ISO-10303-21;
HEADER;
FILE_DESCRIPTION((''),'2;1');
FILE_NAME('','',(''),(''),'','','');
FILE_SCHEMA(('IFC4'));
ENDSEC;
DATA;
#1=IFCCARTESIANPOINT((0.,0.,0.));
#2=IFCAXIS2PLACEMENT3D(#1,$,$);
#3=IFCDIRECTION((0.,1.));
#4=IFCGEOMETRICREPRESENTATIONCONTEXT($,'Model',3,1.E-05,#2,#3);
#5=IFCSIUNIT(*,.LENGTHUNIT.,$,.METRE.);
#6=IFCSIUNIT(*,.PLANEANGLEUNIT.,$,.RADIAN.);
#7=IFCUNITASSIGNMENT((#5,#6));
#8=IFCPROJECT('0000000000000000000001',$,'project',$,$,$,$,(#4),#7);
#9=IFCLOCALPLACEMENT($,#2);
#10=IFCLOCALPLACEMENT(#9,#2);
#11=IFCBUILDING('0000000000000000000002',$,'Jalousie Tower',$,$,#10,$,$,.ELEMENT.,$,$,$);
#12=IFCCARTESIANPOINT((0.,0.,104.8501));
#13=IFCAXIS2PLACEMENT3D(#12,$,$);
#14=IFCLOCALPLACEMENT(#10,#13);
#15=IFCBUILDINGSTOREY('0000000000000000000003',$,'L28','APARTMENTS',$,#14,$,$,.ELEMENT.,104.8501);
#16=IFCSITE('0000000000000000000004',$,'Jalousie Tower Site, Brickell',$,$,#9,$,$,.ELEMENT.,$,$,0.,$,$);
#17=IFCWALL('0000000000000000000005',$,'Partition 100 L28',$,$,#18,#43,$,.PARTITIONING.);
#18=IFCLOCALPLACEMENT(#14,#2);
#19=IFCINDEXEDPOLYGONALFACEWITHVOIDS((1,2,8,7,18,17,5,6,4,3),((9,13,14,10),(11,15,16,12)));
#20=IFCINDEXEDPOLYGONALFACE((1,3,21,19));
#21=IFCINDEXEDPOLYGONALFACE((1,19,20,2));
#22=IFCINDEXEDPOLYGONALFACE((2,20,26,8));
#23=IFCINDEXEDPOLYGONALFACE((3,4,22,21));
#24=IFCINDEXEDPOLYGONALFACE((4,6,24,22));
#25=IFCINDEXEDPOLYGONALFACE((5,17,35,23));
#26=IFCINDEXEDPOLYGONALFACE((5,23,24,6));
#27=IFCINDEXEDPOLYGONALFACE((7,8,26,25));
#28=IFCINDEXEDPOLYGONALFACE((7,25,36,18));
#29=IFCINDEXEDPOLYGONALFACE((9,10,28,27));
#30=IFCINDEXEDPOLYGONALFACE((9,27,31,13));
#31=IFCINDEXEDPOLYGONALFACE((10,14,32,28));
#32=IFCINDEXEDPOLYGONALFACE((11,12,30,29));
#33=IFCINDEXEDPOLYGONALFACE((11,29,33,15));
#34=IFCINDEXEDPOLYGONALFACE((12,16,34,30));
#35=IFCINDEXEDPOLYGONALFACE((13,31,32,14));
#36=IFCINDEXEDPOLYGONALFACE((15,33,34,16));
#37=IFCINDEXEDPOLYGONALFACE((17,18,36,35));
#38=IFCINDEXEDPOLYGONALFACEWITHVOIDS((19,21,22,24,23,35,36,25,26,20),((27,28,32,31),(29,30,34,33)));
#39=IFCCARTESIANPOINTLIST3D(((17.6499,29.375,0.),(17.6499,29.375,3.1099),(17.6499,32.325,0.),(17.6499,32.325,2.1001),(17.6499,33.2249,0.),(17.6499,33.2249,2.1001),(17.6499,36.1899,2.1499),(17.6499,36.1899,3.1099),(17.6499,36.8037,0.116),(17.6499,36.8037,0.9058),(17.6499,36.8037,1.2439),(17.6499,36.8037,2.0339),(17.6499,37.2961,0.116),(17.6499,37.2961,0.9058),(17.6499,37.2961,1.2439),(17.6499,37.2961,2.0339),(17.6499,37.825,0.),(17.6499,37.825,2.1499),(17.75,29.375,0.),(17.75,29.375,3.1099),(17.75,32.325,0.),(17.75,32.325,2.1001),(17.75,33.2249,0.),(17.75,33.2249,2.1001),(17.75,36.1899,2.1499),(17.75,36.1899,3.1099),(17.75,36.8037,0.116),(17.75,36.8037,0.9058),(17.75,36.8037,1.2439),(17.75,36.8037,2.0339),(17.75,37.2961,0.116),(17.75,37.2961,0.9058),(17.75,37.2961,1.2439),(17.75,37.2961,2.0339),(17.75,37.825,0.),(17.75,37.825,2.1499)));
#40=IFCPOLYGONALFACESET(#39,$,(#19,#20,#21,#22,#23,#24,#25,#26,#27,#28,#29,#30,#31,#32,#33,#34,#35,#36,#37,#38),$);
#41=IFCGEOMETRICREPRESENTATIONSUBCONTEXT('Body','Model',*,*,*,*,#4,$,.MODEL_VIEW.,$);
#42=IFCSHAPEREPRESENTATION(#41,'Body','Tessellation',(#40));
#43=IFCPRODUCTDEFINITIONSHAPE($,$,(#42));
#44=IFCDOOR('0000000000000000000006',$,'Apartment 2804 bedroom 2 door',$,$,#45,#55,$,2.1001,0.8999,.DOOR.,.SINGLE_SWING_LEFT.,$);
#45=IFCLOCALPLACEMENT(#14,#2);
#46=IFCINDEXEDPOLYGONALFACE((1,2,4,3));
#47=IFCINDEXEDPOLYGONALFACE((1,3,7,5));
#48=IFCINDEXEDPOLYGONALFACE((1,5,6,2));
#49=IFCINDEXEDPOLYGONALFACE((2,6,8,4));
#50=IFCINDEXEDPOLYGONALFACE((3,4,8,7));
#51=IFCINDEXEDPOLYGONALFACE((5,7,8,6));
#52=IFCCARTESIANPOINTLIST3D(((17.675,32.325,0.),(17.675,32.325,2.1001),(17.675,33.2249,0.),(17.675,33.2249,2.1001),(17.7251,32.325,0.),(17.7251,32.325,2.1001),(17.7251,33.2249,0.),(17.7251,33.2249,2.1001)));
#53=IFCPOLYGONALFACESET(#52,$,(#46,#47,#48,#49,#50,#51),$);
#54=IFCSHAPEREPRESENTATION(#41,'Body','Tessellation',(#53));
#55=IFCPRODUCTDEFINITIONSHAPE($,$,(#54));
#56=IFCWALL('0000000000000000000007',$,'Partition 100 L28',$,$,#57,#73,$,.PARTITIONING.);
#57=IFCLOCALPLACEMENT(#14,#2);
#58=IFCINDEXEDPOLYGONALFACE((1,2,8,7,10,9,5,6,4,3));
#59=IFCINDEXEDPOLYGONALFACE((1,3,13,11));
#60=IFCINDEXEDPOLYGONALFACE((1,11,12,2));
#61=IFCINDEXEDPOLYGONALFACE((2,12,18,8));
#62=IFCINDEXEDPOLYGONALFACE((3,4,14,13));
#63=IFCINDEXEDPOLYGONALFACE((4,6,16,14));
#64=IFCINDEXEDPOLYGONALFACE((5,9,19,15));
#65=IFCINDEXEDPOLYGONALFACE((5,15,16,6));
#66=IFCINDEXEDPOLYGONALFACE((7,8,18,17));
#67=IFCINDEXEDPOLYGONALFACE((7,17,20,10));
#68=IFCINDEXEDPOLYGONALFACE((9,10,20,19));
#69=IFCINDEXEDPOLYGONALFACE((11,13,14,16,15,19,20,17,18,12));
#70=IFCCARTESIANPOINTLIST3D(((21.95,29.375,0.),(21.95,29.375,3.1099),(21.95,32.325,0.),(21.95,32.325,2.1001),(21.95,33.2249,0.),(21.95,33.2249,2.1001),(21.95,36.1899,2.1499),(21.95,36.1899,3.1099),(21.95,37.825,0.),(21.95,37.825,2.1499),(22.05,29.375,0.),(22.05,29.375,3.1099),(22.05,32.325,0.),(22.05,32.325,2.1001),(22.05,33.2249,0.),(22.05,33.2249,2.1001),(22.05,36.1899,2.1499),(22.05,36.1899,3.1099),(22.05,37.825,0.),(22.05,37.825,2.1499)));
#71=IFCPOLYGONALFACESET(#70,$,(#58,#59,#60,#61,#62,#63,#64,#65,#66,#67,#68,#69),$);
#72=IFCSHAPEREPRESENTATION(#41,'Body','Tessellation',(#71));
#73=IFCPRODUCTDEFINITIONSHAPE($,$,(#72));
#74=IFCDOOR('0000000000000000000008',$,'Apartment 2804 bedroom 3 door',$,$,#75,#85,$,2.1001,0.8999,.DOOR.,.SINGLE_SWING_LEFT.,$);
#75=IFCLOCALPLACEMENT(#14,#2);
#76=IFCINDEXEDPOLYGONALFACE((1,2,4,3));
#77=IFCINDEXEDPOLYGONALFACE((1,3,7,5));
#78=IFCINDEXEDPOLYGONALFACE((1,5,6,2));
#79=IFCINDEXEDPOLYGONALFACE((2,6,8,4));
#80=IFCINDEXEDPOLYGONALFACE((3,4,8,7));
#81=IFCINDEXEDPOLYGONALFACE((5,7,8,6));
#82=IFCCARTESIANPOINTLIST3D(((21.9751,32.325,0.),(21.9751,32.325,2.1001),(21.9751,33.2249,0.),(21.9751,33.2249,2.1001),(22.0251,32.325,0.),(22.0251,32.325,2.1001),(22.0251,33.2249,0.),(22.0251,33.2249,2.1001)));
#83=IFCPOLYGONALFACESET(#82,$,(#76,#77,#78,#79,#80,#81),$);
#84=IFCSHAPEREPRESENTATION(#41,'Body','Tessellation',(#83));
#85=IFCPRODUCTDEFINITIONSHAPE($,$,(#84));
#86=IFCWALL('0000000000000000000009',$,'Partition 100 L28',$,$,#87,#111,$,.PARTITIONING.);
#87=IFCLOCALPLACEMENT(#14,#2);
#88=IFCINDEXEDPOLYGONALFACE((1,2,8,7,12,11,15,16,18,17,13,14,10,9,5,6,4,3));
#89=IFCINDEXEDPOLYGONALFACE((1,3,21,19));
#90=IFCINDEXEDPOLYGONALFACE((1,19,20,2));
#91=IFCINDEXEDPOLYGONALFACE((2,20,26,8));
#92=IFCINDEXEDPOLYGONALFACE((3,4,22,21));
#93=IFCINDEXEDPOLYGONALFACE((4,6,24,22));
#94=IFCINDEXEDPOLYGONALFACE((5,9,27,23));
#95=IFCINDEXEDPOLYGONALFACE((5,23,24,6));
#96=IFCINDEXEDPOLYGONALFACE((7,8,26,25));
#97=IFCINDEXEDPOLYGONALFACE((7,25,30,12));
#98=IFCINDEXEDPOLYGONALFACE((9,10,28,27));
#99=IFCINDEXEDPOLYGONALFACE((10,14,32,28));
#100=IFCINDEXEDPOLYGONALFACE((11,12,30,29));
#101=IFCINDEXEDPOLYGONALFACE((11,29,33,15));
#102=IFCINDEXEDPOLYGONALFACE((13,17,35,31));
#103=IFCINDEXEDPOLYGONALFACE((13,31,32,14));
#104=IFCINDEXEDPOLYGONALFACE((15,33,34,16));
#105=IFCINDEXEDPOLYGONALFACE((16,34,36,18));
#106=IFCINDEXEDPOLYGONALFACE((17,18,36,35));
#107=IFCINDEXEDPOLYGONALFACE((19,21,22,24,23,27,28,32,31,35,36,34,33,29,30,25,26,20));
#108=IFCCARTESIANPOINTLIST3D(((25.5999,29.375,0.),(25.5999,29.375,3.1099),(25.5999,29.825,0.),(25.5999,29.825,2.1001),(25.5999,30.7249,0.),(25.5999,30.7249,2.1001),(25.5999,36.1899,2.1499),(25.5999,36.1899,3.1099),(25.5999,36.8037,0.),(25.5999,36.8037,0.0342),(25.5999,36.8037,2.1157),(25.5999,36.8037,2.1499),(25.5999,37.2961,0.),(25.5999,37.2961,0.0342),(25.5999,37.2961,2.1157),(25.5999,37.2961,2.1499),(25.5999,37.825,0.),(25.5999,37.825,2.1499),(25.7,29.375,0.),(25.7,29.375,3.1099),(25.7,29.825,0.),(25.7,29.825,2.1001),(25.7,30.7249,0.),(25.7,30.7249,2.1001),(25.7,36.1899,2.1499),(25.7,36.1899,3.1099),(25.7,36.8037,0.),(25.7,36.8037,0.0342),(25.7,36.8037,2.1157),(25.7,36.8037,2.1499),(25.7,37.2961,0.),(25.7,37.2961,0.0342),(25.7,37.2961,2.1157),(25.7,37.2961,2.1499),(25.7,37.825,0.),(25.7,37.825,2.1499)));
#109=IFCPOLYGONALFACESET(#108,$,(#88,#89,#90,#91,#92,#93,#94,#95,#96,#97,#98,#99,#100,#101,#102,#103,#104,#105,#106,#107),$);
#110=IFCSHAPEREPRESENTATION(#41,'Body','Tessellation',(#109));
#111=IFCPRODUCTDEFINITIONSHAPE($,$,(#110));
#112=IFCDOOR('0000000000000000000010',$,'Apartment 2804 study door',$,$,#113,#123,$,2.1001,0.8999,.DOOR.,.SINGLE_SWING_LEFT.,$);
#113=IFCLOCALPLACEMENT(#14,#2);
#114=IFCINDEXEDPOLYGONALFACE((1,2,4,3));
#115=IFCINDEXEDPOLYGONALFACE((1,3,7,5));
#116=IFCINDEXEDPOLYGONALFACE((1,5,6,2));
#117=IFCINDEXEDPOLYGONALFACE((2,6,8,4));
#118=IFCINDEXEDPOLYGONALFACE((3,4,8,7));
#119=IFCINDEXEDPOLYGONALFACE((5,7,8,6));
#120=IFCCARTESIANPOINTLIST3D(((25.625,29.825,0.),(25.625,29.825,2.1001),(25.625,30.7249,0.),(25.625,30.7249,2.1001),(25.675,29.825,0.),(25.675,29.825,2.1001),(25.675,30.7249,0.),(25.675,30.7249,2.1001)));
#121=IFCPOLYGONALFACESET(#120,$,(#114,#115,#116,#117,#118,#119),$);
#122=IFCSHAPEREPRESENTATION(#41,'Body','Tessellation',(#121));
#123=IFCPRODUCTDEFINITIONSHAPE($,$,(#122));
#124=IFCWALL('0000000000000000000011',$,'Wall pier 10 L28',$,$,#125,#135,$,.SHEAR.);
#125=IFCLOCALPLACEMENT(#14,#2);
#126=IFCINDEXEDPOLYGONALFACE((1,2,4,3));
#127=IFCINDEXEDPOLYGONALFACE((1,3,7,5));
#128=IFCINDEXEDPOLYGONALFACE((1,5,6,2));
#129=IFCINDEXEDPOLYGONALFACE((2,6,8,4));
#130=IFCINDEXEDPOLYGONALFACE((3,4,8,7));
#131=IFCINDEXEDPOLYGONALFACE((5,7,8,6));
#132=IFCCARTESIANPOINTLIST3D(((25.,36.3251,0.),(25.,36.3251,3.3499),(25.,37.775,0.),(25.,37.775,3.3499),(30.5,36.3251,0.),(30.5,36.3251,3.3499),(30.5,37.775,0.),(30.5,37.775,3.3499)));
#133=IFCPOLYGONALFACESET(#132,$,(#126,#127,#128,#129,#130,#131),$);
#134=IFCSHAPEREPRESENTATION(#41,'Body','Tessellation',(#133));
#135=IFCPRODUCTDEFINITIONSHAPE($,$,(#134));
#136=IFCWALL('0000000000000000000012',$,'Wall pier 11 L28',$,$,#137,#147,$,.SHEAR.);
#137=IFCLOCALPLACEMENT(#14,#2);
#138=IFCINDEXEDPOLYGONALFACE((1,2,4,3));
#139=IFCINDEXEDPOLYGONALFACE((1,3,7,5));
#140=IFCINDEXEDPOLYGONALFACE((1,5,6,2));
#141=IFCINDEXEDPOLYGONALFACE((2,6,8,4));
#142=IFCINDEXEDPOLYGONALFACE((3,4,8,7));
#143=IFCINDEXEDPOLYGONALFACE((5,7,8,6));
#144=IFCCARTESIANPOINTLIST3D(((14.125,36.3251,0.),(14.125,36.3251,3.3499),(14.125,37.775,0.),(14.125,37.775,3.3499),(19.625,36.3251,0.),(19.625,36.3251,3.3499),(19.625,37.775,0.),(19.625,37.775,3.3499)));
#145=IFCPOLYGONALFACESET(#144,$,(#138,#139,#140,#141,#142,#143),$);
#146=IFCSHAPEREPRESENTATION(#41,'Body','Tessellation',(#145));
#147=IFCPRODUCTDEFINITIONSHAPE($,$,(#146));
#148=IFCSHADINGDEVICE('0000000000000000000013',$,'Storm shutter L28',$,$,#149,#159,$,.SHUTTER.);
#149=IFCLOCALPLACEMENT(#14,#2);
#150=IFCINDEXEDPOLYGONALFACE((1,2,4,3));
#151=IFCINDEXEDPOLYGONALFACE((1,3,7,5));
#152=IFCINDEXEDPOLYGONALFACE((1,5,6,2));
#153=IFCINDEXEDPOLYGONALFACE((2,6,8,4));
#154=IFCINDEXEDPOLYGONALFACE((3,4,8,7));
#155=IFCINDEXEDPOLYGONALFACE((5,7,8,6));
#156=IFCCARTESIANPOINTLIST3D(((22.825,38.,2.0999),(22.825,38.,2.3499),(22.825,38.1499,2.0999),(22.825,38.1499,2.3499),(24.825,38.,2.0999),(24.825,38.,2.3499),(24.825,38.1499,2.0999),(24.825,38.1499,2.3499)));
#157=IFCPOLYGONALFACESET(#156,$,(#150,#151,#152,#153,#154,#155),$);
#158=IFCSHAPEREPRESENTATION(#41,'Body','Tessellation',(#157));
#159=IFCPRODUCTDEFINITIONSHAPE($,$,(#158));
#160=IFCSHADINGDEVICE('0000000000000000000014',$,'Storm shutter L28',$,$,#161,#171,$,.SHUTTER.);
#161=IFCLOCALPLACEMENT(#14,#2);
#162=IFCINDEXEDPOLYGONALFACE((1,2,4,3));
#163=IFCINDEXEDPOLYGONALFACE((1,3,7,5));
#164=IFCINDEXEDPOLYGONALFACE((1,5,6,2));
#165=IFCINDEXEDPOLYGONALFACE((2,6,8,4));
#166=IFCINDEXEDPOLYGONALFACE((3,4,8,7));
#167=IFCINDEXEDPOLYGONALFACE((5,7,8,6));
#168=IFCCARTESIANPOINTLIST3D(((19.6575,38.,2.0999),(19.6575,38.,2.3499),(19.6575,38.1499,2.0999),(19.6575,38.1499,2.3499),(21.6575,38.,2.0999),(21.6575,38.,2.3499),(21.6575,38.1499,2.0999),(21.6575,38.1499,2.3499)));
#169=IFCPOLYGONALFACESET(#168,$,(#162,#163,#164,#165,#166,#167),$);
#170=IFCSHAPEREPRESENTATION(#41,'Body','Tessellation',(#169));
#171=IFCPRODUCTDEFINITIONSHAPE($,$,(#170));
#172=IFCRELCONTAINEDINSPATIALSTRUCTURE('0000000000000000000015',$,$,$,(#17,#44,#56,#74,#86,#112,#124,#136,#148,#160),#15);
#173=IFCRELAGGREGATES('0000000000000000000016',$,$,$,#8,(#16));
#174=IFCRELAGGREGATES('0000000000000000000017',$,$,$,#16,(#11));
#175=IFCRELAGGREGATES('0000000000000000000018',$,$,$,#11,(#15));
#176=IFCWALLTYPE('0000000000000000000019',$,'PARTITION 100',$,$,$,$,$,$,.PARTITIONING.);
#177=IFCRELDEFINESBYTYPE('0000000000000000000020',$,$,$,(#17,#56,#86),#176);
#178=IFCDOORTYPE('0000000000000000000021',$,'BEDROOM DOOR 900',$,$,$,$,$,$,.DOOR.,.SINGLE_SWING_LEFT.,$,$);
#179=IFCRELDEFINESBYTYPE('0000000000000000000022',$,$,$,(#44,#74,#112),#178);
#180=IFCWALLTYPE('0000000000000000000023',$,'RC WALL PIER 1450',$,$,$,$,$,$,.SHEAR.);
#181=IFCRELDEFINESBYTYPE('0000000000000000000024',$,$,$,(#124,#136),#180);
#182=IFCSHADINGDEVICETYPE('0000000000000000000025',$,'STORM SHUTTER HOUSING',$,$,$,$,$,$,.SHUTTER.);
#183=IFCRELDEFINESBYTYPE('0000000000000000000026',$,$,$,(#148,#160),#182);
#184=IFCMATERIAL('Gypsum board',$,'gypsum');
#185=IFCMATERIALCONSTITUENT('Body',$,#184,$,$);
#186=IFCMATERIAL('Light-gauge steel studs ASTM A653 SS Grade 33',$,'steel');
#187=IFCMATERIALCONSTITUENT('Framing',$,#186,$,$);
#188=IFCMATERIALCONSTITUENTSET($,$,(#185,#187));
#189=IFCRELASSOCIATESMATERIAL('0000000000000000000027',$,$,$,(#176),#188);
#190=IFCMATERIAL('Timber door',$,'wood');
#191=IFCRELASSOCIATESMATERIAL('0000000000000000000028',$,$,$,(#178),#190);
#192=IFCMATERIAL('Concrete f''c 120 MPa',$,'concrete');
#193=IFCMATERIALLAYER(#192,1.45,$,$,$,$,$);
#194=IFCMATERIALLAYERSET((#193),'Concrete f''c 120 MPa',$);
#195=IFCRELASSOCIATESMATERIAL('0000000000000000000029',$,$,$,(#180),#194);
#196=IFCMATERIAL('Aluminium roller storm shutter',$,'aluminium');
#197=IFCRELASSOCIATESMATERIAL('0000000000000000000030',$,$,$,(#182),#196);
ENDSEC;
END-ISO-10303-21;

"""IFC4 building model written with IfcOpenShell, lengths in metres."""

from ifc_helpers import new_model, si_unit, direction, frame, frame_2d, origin, origin_2d, place, context, subcontext, project, spatial, polyline, rectangle, outline, extrude, material, layer, layer_set, constituent, constituent_set, type_object, element, fill, save


model = new_model("IFC4")

# Units and contexts
model_context = context("Model", 3, precision=1e-05, world=origin(), true_north=direction((0.0, 1.0)))
body_context = subcontext(model_context, "Body", "Model", "MODEL_VIEW")
ifc_project = project(units=[si_unit("LENGTHUNIT", "METRE"), si_unit("PLANEANGLEUNIT", "RADIAN")], contexts=[model_context])

# Site, building, storey
site_placement = place(None, origin())
site = spatial("IfcSite", under=ifc_project, at=site_placement, Name="Jalousie Tower Site, Brickell", CompositionType="ELEMENT", RefElevation=0.0)
building_placement = place(site_placement, origin())
building = spatial("IfcBuilding", under=site, at=building_placement, Name="Jalousie Tower", CompositionType="ELEMENT")
storey_placement = place(building_placement, frame((0.0, 0.0, 104.8501)))
storey = spatial("IfcBuildingStorey", under=building, at=storey_placement, Name="L28", Description="APARTMENTS", CompositionType="ELEMENT", Elevation=104.8501)

# Walls, openings, doors
ifc_material_1 = material(Name="Gypsum board", Category="gypsum")
ifc_constituent_1 = constituent(ifc_material_1, Name="Body")
ifc_material_2 = material(Name="Light-gauge steel studs ASTM A653 SS Grade 33", Category="steel")
ifc_constituent_2 = constituent(ifc_material_2, Name="Framing")
ifc_constituent_set_1 = constituent_set(constituents=[ifc_constituent_1, ifc_constituent_2])
wall_type_1 = type_object("IfcWallType", Name="PARTITION 100", PredefinedType="PARTITIONING", material=ifc_constituent_set_1)
wall_1_placement = place(storey_placement, frame((17.7, 37.825, 0.0), z_axis=(0.0, 0.0, 1.0), x_axis=(0.0, -1.0, 0.0)))
wall_1 = element("IfcWall", 1, at=wall_1_placement, inside=storey, type_object=wall_type_1, Name="Partition 100 L28", PredefinedType="PARTITIONING", context=body_context, shape_type="SweptSolid", body=[
    extrude(outline(polyline([(1.635, 2.1499), (0.0, 2.1499), (0.0, 0.0), (8.45, 0.0), (8.45, 3.1099), (1.635, 3.1099), (1.635, 2.1499)]), holes=[polyline([(1.0212, 0.116), (0.5288, 0.116), (0.5288, 0.9058), (1.0212, 0.9058), (1.0212, 0.116)]), polyline([(1.0212, 1.2439), (0.5288, 1.2439), (0.5288, 2.0339), (1.0212, 2.0339), (1.0212, 1.2439)])]), frame((0.0, 0.05, 0.0), z_axis=(0.0, -1.0, 0.0), x_axis=(1.0, 0.0, 0.0)), (0.0, 0.0, 1.0), 0.1001),
])
opening_1_placement = place(wall_1_placement, frame((4.6001, 0.0, 0.0)))
opening_1 = element("IfcOpeningElement", 2, at=opening_1_placement, cuts=wall_1, PredefinedType="OPENING", context=body_context, shape_type="SweptSolid", body=[
    extrude(rectangle(XDim=0.8999, YDim=2.1001, at=frame_2d((0.45, 1.05))), frame((0.0, 0.0601, 0.0), z_axis=(0.0, -1.0, 0.0), x_axis=(1.0, 0.0, 0.0)), (0.0, 0.0, 1.0), 0.1201),
])
ifc_material_3 = material(Name="Timber door", Category="wood")
door_type_1 = type_object("IfcDoorType", Name="BEDROOM DOOR 900", OperationType="SINGLE_SWING_LEFT", PredefinedType="DOOR", material=ifc_material_3)
door_1_placement = place(opening_1_placement, frame((0.8999, 0.0, 0.0), z_axis=(0.0, 0.0, 1.0), x_axis=(-1.0, 0.0, 0.0)))
door_1 = element("IfcDoor", 3, at=door_1_placement, inside=storey, type_object=door_type_1, Name="Apartment 2804 bedroom 2 door", OperationType="SINGLE_SWING_LEFT", OverallHeight=2.1001, OverallWidth=0.8999, PredefinedType="DOOR", context=body_context, shape_type="SweptSolid", body=[
    extrude(rectangle(XDim=0.8999, YDim=2.1001, at=frame_2d((0.45, 1.05))), frame((0.0, 0.0249, 0.0), z_axis=(0.0, -1.0, 0.0), x_axis=(1.0, 0.0, 0.0)), (0.0, 0.0, 1.0), 0.05),
])
fill(opening_1, door_1)
wall_2_placement = place(storey_placement, frame((22.0, 37.825, 0.0), z_axis=(0.0, 0.0, 1.0), x_axis=(0.0, -1.0, 0.0)))
wall_2 = element("IfcWall", 4, at=wall_2_placement, inside=storey, type_object=wall_type_1, Name="Partition 100 L28", PredefinedType="PARTITIONING", context=body_context, shape_type="SweptSolid", body=[
    extrude(outline(polyline([(0.0, 0.0), (8.45, 0.0), (8.45, 3.1099), (1.635, 3.1099), (1.635, 2.1499), (0.0, 2.1499), (0.0, 3.1099), (0.0, 0.0)])), frame((0.0, 0.05, 0.0), z_axis=(0.0, -1.0, 0.0), x_axis=(1.0, 0.0, 0.0)), (0.0, 0.0, 1.0), 0.1001),
])
opening_2_placement = place(wall_2_placement, frame((4.6001, 0.0, 0.0)))
opening_2 = element("IfcOpeningElement", 5, at=opening_2_placement, cuts=wall_2, PredefinedType="OPENING", context=body_context, shape_type="SweptSolid", body=[
    extrude(rectangle(XDim=0.8999, YDim=2.1001, at=frame_2d((0.45, 1.05))), frame((0.0, 0.0601, 0.0), z_axis=(0.0, -1.0, 0.0), x_axis=(1.0, 0.0, 0.0)), (0.0, 0.0, 1.0), 0.1201),
])
door_2_placement = place(opening_2_placement, frame((0.8999, 0.0, 0.0), z_axis=(0.0, 0.0, 1.0), x_axis=(-1.0, 0.0, 0.0)))
door_2 = element("IfcDoor", 6, at=door_2_placement, inside=storey, type_object=door_type_1, Name="Apartment 2804 bedroom 3 door", OperationType="SINGLE_SWING_LEFT", OverallHeight=2.1001, OverallWidth=0.8999, PredefinedType="DOOR", context=body_context, shape_type="SweptSolid", body=[
    extrude(rectangle(XDim=0.8999, YDim=2.1001, at=frame_2d((0.45, 1.05))), frame((0.0, 0.0249, 0.0), z_axis=(0.0, -1.0, 0.0), x_axis=(1.0, 0.0, 0.0)), (0.0, 0.0, 1.0), 0.05),
])
fill(opening_2, door_2)
wall_3_placement = place(storey_placement, frame((25.6499, 37.825, 0.0), z_axis=(0.0, 0.0, 1.0), x_axis=(0.0, -1.0, 0.0)))
wall_3 = element("IfcWall", 7, at=wall_3_placement, inside=storey, type_object=wall_type_1, Name="Partition 100 L28", PredefinedType="PARTITIONING", context=body_context, shape_type="SweptSolid", body=[
    extrude(outline(polyline([(0.5288, 2.1499), (0.0, 2.1499), (0.0, 0.0), (0.5288, 0.0), (0.5288, 0.0342), (1.0212, 0.0342), (1.0212, 0.0), (8.45, 0.0), (8.45, 3.1099), (1.635, 3.1099), (1.635, 2.1499), (1.0212, 2.1499), (1.0212, 2.1157), (0.5288, 2.1157), (0.5288, 2.1499)])), frame((0.0, 0.05, 0.0), z_axis=(0.0, -1.0, 0.0), x_axis=(1.0, 0.0, 0.0)), (0.0, 0.0, 1.0), 0.1001),
])
opening_3_placement = place(wall_3_placement, frame((7.1001, 0.0, 0.0)))
opening_3 = element("IfcOpeningElement", 8, at=opening_3_placement, cuts=wall_3, PredefinedType="OPENING", context=body_context, shape_type="SweptSolid", body=[
    extrude(rectangle(XDim=0.8999, YDim=2.1001, at=frame_2d((0.45, 1.05))), frame((0.0, 0.0601, 0.0), z_axis=(0.0, -1.0, 0.0), x_axis=(1.0, 0.0, 0.0)), (0.0, 0.0, 1.0), 0.1201),
])
door_3_placement = place(opening_3_placement, frame((0.8999, 0.0, 0.0), z_axis=(0.0, 0.0, 1.0), x_axis=(-1.0, 0.0, 0.0)))
door_3 = element("IfcDoor", 9, at=door_3_placement, inside=storey, type_object=door_type_1, Name="Apartment 2804 study door", OperationType="SINGLE_SWING_LEFT", OverallHeight=2.1001, OverallWidth=0.8999, PredefinedType="DOOR", context=body_context, shape_type="SweptSolid", body=[
    extrude(rectangle(XDim=0.8999, YDim=2.1001, at=frame_2d((0.45, 1.05))), frame((0.0, 0.0249, 0.0), z_axis=(0.0, -1.0, 0.0), x_axis=(1.0, 0.0, 0.0)), (0.0, 0.0, 1.0), 0.05),
])
fill(opening_3, door_3)

# Walls
ifc_material_4 = material(Name="Concrete f'c 120 MPa", Category="concrete")
ifc_layer_1 = layer(ifc_material_4, 1.45)
ifc_layer_set_1 = layer_set([ifc_layer_1], Name="Concrete f'c 120 MPa")
wall_type_2 = type_object("IfcWallType", Name="RC WALL PIER 1450", PredefinedType="SHEAR", material=ifc_layer_set_1)
for number, where, z_axis, x_axis, name in (
    (10, (25.0, 37.05, 0.0), (0.0, 0.0, 1.0), (1.0, 0.0, 0.0), "Wall pier 10 L28"),
    (11, (14.125, 37.05, 0.0), (0.0, 0.0, 1.0), (1.0, 0.0, 0.0), "Wall pier 11 L28"),
):
    element("IfcWall", number, at=place(storey_placement, frame(where, z_axis=z_axis, x_axis=x_axis)), inside=storey, type_object=wall_type_2, Name=name, PredefinedType="SHEAR", context=body_context, shape_type="SweptSolid", body=[
        extrude(rectangle(XDim=5.5, YDim=1.45, at=frame_2d((2.75, 0.0))), origin(), (0.0, 0.0, 1.0), 3.3499),
    ])

# Shading devices
ifc_material_5 = material(Name="Aluminium roller storm shutter", Category="aluminium")
shading_device_type = type_object("IfcShadingDeviceType", Name="STORM SHUTTER HOUSING", PredefinedType="SHUTTER", material=ifc_material_5)
for number, where, z_axis, x_axis, name in (
    (12, (23.825, 38.075, 2.0999), (0.0, 0.0, 1.0), (-1.0, 0.0, 0.0), "Storm shutter L28"),
    (13, (20.6575, 38.075, 2.0999), (0.0, 0.0, 1.0), (-1.0, 0.0, 0.0), "Storm shutter L28"),
):
    element("IfcShadingDevice", number, at=place(storey_placement, frame(where, z_axis=z_axis, x_axis=x_axis)), inside=storey, type_object=shading_device_type, Name=name, PredefinedType="SHUTTER", context=body_context, shape_type="SweptSolid", body=[
        extrude(rectangle(XDim=2.0, YDim=0.1499, at=origin_2d()), origin(), (0.0, 0.0, 1.0), 0.25),
    ])

save(model, "model.ifc")
